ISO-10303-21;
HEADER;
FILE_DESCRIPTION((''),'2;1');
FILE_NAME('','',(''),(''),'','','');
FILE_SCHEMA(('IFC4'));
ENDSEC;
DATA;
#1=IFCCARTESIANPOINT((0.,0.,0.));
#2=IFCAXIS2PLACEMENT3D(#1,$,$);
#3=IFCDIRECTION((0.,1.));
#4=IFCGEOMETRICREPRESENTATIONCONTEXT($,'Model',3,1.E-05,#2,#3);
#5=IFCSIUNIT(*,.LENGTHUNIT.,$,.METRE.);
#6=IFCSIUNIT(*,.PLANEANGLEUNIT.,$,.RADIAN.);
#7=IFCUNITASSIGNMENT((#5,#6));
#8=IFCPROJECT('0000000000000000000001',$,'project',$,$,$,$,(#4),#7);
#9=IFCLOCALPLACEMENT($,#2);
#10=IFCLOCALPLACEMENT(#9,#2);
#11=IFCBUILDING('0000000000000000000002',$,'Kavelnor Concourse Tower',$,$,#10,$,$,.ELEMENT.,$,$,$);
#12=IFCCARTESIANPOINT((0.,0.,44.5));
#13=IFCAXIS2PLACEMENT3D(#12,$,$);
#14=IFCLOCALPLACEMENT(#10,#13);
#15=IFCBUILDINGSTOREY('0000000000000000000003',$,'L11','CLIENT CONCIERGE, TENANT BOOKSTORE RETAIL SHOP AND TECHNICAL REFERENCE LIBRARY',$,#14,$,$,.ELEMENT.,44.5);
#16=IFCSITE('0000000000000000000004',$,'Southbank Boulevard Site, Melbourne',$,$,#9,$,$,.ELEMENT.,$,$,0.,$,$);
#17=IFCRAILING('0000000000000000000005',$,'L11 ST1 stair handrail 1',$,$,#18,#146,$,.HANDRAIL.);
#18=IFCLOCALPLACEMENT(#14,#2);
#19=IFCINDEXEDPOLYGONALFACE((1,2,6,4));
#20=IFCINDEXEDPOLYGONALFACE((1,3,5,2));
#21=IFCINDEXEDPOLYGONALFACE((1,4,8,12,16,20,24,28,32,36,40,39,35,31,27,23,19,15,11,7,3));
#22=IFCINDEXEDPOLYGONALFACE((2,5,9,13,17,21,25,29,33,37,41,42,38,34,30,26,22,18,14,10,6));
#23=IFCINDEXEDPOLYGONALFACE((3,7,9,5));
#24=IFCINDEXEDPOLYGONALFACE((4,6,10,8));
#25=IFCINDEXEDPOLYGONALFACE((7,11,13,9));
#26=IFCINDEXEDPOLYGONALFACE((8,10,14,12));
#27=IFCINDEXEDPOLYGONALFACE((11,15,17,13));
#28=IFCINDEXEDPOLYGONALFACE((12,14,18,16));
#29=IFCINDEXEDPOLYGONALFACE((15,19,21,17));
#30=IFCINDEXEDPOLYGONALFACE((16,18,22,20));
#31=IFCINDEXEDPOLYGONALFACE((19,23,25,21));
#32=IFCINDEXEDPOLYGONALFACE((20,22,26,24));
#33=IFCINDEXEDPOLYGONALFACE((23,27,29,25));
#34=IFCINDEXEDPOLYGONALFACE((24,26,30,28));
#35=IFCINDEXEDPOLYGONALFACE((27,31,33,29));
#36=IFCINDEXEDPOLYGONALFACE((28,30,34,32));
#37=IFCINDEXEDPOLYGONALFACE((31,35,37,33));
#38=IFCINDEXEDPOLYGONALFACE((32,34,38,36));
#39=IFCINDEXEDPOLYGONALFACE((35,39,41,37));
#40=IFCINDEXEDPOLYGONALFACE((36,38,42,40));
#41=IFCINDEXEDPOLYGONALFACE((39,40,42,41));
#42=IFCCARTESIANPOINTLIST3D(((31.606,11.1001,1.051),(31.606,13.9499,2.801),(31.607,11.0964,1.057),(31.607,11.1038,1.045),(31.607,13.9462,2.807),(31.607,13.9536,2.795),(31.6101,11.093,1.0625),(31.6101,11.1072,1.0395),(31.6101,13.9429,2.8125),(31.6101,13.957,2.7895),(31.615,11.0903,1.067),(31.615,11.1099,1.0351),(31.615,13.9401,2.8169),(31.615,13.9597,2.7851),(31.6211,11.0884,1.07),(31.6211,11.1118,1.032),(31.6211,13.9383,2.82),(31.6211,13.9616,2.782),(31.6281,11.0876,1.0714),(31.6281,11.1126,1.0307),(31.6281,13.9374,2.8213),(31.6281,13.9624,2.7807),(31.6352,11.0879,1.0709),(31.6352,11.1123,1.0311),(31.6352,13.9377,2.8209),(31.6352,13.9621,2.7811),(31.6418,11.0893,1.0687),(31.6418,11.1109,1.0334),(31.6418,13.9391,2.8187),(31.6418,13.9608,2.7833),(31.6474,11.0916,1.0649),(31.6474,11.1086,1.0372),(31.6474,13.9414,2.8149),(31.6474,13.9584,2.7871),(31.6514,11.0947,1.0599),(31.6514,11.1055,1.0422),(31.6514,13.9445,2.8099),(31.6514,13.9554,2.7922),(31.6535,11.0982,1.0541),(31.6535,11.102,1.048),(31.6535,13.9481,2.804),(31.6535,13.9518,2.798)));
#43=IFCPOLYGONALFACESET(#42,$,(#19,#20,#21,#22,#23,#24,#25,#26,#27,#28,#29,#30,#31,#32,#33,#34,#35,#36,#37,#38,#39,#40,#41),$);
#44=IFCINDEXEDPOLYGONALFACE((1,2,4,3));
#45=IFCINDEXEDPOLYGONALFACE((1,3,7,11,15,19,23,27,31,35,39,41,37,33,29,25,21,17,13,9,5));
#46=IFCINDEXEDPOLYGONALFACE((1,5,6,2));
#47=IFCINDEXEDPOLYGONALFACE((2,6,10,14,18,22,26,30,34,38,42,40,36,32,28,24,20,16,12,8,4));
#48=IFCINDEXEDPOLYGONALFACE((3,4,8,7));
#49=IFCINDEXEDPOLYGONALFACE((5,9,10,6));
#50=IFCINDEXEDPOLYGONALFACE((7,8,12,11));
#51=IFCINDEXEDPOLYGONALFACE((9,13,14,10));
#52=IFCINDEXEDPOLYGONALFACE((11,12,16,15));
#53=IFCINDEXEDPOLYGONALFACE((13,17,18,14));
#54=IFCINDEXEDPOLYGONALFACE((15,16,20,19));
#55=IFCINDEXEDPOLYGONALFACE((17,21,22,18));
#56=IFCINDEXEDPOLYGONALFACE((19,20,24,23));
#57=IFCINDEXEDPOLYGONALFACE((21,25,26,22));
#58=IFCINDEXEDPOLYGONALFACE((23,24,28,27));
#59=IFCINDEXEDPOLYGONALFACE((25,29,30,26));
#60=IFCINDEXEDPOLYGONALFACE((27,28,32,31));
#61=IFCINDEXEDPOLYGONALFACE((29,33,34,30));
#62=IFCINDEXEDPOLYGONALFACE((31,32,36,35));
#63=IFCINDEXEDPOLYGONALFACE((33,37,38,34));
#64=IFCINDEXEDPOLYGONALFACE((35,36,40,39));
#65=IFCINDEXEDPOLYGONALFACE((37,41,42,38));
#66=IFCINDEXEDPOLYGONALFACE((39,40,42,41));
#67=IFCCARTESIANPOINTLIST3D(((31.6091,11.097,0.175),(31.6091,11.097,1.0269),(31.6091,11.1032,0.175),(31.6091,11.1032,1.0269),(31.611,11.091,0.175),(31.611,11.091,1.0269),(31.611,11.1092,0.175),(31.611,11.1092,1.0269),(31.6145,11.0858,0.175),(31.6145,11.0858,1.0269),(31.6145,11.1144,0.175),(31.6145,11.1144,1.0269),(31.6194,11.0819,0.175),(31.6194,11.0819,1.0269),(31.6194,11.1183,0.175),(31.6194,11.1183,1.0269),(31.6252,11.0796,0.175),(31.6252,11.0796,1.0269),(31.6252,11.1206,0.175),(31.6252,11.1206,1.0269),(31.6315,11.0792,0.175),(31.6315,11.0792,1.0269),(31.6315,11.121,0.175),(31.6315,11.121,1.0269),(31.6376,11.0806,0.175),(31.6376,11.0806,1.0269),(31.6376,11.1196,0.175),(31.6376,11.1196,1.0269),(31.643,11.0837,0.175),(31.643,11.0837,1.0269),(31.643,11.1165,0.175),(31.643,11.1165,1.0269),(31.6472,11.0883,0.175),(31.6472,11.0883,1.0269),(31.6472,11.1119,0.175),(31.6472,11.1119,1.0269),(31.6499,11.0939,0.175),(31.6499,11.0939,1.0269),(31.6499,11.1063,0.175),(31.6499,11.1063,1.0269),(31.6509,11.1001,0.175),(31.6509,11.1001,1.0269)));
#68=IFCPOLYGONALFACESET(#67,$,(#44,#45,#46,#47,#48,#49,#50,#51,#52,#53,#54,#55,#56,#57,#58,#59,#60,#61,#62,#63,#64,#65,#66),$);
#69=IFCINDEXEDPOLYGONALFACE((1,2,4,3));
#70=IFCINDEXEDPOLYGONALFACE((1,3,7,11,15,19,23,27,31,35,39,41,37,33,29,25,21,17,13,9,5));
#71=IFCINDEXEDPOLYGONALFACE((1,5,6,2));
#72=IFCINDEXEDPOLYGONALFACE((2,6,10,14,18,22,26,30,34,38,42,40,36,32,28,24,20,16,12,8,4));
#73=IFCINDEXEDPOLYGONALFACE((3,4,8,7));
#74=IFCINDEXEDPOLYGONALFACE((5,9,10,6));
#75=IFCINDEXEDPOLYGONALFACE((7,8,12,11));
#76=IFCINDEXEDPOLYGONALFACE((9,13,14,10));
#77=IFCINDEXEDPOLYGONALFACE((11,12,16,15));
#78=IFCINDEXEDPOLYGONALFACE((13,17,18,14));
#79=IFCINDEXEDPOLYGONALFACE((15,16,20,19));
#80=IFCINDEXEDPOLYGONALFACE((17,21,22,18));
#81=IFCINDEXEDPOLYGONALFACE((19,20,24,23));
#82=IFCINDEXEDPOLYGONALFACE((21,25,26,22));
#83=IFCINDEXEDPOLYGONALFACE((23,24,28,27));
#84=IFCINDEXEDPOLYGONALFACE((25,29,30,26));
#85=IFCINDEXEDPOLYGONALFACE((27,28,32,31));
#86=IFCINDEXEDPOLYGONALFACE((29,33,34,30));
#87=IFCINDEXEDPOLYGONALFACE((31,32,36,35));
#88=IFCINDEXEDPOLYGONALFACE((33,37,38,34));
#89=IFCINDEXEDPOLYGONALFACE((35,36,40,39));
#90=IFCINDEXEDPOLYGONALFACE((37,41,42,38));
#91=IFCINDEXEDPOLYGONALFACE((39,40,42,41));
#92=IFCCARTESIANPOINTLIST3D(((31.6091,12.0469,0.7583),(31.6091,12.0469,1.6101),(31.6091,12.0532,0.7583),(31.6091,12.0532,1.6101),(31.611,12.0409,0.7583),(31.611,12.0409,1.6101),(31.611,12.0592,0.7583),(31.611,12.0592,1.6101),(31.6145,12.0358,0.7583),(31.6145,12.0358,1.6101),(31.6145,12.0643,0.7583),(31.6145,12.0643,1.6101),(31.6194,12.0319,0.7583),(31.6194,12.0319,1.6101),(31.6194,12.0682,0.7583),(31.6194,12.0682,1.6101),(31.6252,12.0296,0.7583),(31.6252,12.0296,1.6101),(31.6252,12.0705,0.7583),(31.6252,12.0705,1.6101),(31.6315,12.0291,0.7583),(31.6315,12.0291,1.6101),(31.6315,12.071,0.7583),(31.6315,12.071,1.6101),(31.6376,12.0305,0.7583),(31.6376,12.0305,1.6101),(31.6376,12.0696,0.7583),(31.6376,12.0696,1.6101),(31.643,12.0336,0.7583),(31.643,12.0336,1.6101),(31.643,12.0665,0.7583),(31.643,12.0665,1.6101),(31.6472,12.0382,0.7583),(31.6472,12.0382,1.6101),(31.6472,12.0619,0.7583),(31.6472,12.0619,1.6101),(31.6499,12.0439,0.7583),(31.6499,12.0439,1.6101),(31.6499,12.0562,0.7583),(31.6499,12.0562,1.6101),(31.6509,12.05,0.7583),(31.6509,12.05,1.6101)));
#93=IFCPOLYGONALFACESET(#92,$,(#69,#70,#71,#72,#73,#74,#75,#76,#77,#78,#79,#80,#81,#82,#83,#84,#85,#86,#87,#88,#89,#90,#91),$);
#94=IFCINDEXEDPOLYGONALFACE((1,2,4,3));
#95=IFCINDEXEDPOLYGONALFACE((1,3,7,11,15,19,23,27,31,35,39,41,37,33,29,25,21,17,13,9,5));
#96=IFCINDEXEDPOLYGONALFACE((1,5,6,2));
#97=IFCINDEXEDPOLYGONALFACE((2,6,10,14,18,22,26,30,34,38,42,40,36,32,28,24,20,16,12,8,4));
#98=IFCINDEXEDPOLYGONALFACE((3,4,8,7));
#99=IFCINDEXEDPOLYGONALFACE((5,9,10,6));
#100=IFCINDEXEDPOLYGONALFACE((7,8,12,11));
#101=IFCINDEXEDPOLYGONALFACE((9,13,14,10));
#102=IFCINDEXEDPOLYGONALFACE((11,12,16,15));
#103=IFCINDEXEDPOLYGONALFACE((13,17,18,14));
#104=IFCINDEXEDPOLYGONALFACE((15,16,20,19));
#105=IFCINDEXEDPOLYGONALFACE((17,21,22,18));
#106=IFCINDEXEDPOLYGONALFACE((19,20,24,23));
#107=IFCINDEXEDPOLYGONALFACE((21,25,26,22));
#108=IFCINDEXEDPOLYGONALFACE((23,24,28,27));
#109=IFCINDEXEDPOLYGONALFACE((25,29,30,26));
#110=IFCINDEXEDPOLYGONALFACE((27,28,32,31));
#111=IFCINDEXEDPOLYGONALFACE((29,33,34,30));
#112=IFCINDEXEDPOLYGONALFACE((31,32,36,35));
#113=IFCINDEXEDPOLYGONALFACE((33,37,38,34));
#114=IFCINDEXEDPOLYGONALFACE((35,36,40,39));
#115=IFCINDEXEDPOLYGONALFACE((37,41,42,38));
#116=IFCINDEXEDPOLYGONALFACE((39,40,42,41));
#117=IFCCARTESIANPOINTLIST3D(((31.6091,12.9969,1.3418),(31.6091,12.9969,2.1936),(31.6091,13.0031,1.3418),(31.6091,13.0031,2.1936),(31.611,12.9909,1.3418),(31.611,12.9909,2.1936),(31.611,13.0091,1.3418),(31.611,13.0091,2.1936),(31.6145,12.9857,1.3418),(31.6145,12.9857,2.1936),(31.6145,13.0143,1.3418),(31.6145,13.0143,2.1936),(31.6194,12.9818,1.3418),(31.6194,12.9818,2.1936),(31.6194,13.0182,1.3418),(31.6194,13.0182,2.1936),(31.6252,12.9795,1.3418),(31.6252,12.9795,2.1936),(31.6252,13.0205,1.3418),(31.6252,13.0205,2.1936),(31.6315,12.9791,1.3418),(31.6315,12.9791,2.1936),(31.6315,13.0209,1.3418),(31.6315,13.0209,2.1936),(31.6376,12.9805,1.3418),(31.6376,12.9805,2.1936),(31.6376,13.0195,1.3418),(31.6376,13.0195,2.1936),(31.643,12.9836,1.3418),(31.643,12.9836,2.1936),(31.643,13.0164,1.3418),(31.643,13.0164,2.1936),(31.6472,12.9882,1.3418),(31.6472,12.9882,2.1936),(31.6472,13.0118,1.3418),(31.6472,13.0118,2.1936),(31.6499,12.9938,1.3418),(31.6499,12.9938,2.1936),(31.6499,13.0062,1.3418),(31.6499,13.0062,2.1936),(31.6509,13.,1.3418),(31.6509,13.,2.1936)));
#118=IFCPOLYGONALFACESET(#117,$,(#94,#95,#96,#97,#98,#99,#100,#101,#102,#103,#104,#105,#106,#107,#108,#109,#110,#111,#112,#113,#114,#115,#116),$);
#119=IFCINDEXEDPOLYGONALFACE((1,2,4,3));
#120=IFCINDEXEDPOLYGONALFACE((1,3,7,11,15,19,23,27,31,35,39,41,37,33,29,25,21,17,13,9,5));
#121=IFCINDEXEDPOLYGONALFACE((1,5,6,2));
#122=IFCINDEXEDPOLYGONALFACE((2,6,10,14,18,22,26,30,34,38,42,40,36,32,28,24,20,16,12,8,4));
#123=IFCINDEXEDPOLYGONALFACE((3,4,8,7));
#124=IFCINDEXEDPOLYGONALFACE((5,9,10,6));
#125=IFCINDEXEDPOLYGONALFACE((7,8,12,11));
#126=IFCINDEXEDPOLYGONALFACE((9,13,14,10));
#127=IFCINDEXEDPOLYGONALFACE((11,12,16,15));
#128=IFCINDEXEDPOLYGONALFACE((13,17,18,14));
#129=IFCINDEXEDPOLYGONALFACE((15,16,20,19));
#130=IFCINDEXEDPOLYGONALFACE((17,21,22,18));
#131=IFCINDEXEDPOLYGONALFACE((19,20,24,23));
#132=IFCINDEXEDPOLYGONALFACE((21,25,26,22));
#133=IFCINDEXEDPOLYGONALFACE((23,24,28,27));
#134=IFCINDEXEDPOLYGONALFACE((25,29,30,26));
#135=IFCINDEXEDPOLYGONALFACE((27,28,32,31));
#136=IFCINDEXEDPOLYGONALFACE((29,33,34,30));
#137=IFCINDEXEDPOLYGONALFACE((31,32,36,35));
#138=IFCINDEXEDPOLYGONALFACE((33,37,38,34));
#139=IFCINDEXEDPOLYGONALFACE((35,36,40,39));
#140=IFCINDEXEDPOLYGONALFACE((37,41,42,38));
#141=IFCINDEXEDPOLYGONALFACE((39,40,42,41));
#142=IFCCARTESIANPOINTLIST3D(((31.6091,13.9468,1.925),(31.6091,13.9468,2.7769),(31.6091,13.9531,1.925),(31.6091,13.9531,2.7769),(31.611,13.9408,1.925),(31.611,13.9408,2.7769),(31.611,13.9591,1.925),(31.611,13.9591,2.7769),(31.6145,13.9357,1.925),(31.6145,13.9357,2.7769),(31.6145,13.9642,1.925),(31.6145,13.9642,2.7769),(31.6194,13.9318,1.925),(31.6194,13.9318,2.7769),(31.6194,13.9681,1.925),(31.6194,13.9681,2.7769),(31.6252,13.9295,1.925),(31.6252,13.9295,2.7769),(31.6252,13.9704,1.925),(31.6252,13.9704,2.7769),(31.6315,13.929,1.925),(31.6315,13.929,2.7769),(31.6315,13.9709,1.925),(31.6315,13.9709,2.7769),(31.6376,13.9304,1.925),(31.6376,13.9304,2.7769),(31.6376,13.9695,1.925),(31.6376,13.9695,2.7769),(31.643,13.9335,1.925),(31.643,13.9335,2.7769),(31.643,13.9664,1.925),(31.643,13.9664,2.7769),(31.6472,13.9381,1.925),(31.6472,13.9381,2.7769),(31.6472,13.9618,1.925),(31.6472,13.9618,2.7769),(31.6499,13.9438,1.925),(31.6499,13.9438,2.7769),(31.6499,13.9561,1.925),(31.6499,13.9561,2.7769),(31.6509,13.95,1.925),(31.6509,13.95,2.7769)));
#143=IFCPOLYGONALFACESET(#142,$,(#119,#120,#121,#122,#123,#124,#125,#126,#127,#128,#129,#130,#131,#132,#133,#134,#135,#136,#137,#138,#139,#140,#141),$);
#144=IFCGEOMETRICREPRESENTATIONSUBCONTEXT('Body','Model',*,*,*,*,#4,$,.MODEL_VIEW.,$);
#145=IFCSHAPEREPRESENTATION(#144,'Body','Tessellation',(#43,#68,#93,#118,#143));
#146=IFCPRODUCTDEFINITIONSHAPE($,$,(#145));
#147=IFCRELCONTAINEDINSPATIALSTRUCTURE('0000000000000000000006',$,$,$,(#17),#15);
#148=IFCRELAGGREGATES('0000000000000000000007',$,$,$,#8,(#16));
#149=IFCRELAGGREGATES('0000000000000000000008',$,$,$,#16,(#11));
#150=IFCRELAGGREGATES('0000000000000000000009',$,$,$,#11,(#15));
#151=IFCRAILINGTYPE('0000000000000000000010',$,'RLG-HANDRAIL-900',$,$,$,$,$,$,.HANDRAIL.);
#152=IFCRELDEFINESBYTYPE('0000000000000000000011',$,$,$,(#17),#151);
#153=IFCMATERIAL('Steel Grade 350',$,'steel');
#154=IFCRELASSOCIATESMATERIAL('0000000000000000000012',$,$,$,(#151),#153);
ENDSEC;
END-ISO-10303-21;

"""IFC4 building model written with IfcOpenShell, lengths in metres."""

from ifc_helpers import new_model, si_unit, direction, frame, origin, origin_2d, place, context, subcontext, project, spatial, circle, extrude, material, type_object, element, save


model = new_model("IFC4")

# Units and contexts
model_context = context("Model", 3, precision=1e-05, world=origin(), true_north=direction((0.0, 1.0)))
body_context = subcontext(model_context, "Body", "Model", "MODEL_VIEW")
ifc_project = project(units=[si_unit("LENGTHUNIT", "METRE"), si_unit("PLANEANGLEUNIT", "RADIAN")], contexts=[model_context])

# Site, building, storey
site_placement = place(None, origin())
site = spatial("IfcSite", under=ifc_project, at=site_placement, Name="Southbank Boulevard Site, Melbourne", CompositionType="ELEMENT", RefElevation=0.0)
building_placement = place(site_placement, origin())
building = spatial("IfcBuilding", under=site, at=building_placement, Name="Kavelnor Concourse Tower", CompositionType="ELEMENT")
storey_placement = place(building_placement, frame((0.0, 0.0, 44.5)))
storey = spatial("IfcBuildingStorey", under=building, at=storey_placement, Name="L11", Description="CLIENT CONCIERGE, TENANT BOOKSTORE RETAIL SHOP AND TECHNICAL REFERENCE LIBRARY", CompositionType="ELEMENT", Elevation=44.5)

# Shared definitions
ifc_material_1 = material(Name="Steel Grade 350", Category="steel")

# Railing
railing_type_1 = type_object("IfcRailingType", Name="RLG-HANDRAIL-900", PredefinedType="HANDRAIL", material=ifc_material_1)
railing_1_placement = place(storey_placement, frame((31.6299, 11.1001, 0.175)))
element("IfcRailing", 1, at=railing_1_placement, inside=storey, type_object=railing_type_1, Name="L11 ST1 stair handrail 1", PredefinedType="HANDRAIL", context=body_context, shape_type="SweptSolid", body=[
    extrude(circle(Radius=0.0239, at=origin_2d()), frame((0.0, 0.0, 0.876), z_axis=(0.0, 0.852159, 0.523283), x_axis=(-1.0, 0.0, 0.0)), (0.0, 0.0, 1.0), 3.3442),
    extrude(circle(Radius=0.021, at=origin_2d()), origin(), (0.0, 0.0, 1.0), 0.8518),
    extrude(circle(Radius=0.021, at=origin_2d()), frame((0.0, 0.95, 0.5833)), (0.0, 0.0, 1.0), 0.8518),
    extrude(circle(Radius=0.021, at=origin_2d()), frame((0.0, 1.8999, 1.1667)), (0.0, 0.0, 1.0), 0.8518),
    extrude(circle(Radius=0.021, at=origin_2d()), frame((0.0, 2.8499, 1.75)), (0.0, 0.0, 1.0), 0.8518),
])

save(model, "model.ifc")
